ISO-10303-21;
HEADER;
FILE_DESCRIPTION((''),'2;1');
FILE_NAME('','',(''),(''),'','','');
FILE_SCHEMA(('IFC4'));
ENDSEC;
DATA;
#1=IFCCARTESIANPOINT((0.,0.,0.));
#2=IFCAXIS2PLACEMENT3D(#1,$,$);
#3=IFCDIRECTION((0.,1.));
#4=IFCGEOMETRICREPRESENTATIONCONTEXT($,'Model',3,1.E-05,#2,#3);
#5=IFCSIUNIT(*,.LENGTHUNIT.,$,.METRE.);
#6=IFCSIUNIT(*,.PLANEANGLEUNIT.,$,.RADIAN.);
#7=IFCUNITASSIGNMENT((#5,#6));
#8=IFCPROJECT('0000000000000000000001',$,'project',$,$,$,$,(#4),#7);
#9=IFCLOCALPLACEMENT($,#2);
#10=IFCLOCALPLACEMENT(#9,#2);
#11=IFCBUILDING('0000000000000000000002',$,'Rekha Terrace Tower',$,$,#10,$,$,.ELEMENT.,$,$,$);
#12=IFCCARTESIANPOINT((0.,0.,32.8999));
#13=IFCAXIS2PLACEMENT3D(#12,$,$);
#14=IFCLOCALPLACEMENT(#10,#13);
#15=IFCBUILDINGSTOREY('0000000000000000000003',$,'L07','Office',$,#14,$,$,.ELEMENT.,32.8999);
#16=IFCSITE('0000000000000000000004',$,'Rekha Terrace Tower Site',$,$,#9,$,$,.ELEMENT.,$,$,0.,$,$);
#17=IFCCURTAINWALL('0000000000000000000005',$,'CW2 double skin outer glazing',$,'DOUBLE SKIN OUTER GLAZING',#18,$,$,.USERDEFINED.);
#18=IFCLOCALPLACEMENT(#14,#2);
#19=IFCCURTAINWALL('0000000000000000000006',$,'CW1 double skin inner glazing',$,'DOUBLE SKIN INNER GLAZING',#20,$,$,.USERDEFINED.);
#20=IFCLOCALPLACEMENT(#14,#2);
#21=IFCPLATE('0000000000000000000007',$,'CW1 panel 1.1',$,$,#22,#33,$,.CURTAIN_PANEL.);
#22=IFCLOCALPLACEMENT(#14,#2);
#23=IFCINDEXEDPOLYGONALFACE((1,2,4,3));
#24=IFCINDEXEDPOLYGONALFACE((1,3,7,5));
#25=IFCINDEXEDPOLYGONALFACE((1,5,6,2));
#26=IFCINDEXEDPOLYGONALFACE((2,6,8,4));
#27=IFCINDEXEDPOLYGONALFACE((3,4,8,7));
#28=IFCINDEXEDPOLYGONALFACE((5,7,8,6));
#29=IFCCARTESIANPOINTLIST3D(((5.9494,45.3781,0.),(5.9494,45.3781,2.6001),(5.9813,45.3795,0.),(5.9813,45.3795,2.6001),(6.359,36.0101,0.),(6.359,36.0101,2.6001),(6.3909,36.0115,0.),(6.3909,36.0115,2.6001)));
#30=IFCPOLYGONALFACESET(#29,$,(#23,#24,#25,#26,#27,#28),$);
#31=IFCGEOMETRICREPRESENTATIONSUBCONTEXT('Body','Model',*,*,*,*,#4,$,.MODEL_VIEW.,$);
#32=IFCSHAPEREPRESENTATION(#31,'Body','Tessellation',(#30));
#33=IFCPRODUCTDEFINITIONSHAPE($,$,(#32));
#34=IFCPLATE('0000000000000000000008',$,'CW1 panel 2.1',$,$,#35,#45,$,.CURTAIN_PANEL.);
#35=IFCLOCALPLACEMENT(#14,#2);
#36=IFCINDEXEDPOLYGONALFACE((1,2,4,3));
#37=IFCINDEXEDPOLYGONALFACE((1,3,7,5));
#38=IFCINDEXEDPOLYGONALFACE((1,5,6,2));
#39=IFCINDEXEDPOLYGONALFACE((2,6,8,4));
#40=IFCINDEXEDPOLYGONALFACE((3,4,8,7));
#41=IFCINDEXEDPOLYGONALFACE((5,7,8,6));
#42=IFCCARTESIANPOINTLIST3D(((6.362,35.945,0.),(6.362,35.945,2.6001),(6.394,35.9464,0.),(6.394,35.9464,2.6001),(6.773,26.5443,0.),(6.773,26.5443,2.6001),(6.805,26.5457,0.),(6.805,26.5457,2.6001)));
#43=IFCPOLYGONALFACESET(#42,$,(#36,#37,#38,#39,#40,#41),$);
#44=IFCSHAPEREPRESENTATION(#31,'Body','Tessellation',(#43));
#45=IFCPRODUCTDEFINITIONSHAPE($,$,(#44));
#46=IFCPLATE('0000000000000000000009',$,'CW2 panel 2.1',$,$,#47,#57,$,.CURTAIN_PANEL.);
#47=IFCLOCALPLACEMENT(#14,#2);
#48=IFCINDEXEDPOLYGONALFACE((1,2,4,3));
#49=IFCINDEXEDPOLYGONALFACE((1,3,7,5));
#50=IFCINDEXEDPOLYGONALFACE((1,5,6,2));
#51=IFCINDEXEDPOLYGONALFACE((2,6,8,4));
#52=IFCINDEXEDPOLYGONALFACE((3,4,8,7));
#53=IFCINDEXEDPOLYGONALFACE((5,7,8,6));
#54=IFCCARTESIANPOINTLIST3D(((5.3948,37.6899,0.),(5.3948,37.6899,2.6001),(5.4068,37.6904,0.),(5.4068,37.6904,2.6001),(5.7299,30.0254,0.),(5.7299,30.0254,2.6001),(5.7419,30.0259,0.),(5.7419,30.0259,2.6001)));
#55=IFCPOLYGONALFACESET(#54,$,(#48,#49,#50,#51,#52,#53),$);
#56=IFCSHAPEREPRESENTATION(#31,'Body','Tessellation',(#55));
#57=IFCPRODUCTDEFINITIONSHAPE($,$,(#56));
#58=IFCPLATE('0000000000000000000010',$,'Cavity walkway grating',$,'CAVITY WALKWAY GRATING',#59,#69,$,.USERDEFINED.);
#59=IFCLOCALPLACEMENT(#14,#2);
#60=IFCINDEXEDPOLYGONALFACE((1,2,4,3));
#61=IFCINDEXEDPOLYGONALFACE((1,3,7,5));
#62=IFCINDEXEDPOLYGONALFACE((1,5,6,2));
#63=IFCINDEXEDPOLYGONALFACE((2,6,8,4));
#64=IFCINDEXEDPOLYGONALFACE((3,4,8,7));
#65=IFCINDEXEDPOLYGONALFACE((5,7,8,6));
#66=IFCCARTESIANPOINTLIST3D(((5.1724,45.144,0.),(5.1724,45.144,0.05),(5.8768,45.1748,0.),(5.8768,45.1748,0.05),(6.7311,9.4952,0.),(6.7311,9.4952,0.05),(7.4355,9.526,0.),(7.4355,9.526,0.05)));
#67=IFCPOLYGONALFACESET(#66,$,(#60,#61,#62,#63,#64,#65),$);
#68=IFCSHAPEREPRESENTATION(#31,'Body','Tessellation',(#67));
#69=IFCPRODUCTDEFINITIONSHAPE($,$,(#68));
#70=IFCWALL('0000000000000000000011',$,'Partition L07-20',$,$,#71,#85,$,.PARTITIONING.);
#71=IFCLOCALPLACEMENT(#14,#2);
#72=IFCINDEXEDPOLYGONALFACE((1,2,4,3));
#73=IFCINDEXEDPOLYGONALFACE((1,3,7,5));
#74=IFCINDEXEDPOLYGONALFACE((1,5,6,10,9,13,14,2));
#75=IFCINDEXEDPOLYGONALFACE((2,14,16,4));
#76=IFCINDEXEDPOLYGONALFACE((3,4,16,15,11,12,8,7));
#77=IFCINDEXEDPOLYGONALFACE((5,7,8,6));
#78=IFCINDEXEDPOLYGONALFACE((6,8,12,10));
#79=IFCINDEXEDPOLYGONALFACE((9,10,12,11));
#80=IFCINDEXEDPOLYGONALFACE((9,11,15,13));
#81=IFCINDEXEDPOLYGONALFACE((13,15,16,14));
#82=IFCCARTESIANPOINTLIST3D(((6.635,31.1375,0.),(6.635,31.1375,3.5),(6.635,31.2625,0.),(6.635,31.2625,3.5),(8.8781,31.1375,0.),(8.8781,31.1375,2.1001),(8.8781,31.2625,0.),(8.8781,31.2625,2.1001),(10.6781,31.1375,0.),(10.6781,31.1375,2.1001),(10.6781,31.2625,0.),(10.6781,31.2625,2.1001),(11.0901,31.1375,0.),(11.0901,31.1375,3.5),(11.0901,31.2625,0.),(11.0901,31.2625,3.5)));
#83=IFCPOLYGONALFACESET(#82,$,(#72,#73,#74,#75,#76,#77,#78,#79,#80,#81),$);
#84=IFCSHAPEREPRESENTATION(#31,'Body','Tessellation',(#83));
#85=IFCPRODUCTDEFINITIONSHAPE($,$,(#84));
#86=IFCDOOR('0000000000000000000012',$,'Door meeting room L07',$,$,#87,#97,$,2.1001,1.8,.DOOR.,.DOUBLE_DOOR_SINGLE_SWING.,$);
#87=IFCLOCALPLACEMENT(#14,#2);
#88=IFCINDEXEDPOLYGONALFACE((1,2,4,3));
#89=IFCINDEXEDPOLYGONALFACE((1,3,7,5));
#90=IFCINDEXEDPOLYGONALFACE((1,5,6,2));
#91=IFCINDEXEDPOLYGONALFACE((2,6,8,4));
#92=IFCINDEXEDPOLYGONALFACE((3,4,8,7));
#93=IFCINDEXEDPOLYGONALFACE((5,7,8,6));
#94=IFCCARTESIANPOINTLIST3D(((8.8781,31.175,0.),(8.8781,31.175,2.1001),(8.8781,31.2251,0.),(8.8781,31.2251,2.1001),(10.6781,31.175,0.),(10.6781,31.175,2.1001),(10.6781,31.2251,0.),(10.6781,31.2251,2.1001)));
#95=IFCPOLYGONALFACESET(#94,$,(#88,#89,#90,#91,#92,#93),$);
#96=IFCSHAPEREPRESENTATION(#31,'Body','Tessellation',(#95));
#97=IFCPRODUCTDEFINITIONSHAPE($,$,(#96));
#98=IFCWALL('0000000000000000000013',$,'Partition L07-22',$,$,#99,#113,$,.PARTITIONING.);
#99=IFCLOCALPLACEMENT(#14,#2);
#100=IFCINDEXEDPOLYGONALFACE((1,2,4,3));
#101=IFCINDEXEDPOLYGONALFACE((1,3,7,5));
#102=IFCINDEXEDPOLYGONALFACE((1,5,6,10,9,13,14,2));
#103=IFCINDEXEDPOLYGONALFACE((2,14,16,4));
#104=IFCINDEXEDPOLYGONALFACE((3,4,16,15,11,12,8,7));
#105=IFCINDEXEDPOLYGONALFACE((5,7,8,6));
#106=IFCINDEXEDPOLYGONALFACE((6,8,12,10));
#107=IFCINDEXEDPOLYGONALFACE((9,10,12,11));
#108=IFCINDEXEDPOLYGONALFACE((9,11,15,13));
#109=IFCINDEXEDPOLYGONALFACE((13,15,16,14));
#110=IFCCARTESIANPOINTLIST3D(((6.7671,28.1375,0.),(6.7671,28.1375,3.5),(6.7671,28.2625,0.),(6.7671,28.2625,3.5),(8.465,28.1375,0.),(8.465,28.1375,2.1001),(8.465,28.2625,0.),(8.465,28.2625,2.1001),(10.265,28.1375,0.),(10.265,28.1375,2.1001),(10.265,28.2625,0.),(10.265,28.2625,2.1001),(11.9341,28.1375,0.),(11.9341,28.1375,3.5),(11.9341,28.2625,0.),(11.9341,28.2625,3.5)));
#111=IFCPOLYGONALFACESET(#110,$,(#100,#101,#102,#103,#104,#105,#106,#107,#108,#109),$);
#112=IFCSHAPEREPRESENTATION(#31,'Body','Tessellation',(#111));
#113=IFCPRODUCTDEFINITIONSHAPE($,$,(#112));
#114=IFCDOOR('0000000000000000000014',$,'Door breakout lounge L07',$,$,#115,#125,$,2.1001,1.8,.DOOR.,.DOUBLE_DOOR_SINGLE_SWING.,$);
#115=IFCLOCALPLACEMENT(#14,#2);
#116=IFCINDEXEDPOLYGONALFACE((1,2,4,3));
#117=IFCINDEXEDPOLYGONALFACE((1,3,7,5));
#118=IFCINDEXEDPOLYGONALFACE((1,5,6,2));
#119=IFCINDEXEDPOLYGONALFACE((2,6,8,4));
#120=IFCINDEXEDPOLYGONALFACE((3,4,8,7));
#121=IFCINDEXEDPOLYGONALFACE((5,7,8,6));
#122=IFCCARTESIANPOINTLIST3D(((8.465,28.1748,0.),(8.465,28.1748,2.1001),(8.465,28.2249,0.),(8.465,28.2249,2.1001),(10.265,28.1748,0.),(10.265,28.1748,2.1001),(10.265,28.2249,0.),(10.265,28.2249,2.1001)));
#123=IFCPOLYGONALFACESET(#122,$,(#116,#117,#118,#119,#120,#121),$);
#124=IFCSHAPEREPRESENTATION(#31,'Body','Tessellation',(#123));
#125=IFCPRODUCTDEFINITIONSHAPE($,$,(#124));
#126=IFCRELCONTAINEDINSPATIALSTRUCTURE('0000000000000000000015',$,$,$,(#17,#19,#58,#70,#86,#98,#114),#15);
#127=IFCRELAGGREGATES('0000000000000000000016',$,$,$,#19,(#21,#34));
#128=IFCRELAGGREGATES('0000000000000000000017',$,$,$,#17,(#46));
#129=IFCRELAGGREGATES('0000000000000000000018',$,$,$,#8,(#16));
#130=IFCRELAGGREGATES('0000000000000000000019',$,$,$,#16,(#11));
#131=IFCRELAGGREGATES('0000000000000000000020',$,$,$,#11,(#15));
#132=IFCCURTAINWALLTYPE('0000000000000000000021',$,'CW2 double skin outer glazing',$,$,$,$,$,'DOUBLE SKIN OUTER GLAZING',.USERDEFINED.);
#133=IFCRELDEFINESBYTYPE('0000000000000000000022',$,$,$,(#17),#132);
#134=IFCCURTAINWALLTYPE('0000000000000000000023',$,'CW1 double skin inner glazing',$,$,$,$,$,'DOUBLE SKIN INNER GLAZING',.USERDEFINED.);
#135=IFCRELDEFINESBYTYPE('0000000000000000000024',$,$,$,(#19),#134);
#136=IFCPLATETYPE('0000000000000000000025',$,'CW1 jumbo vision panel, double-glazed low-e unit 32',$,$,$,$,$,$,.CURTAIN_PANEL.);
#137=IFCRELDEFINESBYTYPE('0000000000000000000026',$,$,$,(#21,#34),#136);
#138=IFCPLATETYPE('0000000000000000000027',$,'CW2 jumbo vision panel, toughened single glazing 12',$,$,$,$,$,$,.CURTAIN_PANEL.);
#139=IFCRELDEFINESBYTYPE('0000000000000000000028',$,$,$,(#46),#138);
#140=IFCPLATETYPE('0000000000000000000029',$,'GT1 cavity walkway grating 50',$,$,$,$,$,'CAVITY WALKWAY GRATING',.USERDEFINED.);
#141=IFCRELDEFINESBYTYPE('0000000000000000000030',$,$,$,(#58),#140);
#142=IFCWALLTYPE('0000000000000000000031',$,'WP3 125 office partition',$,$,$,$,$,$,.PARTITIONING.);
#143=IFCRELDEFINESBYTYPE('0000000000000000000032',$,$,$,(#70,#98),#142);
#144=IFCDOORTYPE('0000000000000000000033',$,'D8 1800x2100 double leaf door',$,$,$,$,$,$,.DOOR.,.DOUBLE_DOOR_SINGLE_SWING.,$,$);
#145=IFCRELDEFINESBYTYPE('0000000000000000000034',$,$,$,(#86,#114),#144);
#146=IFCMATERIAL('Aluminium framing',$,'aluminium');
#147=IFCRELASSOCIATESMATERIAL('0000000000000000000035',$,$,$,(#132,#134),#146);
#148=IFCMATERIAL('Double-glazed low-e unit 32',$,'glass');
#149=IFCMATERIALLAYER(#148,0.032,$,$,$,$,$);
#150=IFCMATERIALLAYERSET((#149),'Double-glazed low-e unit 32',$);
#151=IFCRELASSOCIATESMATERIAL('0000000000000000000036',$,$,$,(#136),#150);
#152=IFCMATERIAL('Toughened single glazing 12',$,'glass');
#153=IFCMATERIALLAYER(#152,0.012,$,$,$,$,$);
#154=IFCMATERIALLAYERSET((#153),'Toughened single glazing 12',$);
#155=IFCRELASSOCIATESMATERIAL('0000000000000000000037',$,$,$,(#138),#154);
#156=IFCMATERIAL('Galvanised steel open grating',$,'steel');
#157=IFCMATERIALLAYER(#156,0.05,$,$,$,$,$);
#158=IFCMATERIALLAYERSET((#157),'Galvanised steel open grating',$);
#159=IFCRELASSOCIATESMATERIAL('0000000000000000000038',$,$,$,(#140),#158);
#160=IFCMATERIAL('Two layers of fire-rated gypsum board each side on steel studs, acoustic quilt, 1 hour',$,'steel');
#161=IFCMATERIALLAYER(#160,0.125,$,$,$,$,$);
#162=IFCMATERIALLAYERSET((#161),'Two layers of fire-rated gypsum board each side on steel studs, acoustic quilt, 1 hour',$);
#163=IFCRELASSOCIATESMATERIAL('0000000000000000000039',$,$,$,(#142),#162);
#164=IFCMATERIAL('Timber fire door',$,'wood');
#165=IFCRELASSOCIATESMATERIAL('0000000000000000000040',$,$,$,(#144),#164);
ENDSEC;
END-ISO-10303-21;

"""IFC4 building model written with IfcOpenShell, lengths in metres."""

from ifc_helpers import new_model, si_unit, direction, frame, frame_2d, origin, origin_2d, place, context, subcontext, project, spatial, rectangle, extrude, material, layer, layer_set, type_object, element, fill, aggregate, save


model = new_model("IFC4")

# Units and contexts
model_context = context("Model", 3, precision=1e-05, world=origin(), true_north=direction((0.0, 1.0)))
body_context = subcontext(model_context, "Body", "Model", "MODEL_VIEW")
ifc_project = project(units=[si_unit("LENGTHUNIT", "METRE"), si_unit("PLANEANGLEUNIT", "RADIAN")], contexts=[model_context])

# Site, building, storey
site_placement = place(None, origin())
site = spatial("IfcSite", under=ifc_project, at=site_placement, Name="Rekha Terrace Tower Site", CompositionType="ELEMENT", RefElevation=0.0)
building_placement = place(site_placement, origin())
building = spatial("IfcBuilding", under=site, at=building_placement, Name="Rekha Terrace Tower", CompositionType="ELEMENT")
storey_placement = place(building_placement, frame((0.0, 0.0, 32.8999)))
storey = spatial("IfcBuildingStorey", under=building, at=storey_placement, Name="L07", Description="Office", CompositionType="ELEMENT", Elevation=32.8999)

# Curtain walls
ifc_material_1 = material(Name="Aluminium framing", Category="aluminium")
curtain_wall_type_1 = type_object("IfcCurtainWallType", Name="CW2 double skin outer glazing", ElementType="DOUBLE SKIN OUTER GLAZING", PredefinedType="USERDEFINED", material=ifc_material_1)
curtain_wall_1_placement = place(storey_placement, origin())
curtain_wall_1 = element("IfcCurtainWall", 1, at=curtain_wall_1_placement, inside=storey, type_object=curtain_wall_type_1, Name="CW2 double skin outer glazing", ObjectType="DOUBLE SKIN OUTER GLAZING", PredefinedType="USERDEFINED")
curtain_wall_type_2 = type_object("IfcCurtainWallType", Name="CW1 double skin inner glazing", ElementType="DOUBLE SKIN INNER GLAZING", PredefinedType="USERDEFINED", material=ifc_material_1)
curtain_wall_2_placement = place(storey_placement, origin())
curtain_wall_2 = element("IfcCurtainWall", 2, at=curtain_wall_2_placement, inside=storey, type_object=curtain_wall_type_2, Name="CW1 double skin inner glazing", ObjectType="DOUBLE SKIN INNER GLAZING", PredefinedType="USERDEFINED")

# Plates
ifc_material_2 = material(Name="Double-glazed low-e unit 32", Category="glass")
ifc_layer_1 = layer(ifc_material_2, 0.032)
ifc_layer_set_1 = layer_set([ifc_layer_1], Name="Double-glazed low-e unit 32")
plate_type_1 = type_object("IfcPlateType", Name="CW1 jumbo vision panel, double-glazed low-e unit 32", PredefinedType="CURTAIN_PANEL", material=ifc_layer_set_1)
plate_1_placement = place(storey_placement, frame((6.1702, 40.6948, 0.0), z_axis=(0.0, 0.0, 1.0), x_axis=(0.043683, -0.999045, 0.0)))
plate_1 = element("IfcPlate", 3, at=plate_1_placement, type_object=plate_type_1, Name="CW1 panel 1.1", PredefinedType="CURTAIN_PANEL", context=body_context, shape_type="SweptSolid", body=[
    extrude(rectangle(XDim=9.377, YDim=0.032, at=origin_2d()), origin(), (0.0, 0.0, 1.0), 2.6001),
])
plate_2_placement = place(storey_placement, frame((6.5835, 31.2454, 0.0), z_axis=(0.0, 0.0, 1.0), x_axis=(0.043683, -0.999045, 0.0)))
plate_2 = element("IfcPlate", 4, at=plate_2_placement, type_object=plate_type_1, Name="CW1 panel 2.1", PredefinedType="CURTAIN_PANEL", context=body_context, shape_type="SweptSolid", body=[
    extrude(rectangle(XDim=9.4097, YDim=0.032, at=origin_2d()), origin(), (0.0, 0.0, 1.0), 2.6001),
])
aggregate(curtain_wall_2, [plate_1, plate_2])
ifc_material_3 = material(Name="Toughened single glazing 12", Category="glass")
ifc_layer_2 = layer(ifc_material_3, 0.012)
ifc_layer_set_2 = layer_set([ifc_layer_2], Name="Toughened single glazing 12")
plate_type_2 = type_object("IfcPlateType", Name="CW2 jumbo vision panel, toughened single glazing 12", PredefinedType="CURTAIN_PANEL", material=ifc_layer_set_2)
plate_3_placement = place(storey_placement, frame((5.5684, 33.8579, 0.0), z_axis=(0.0, 0.0, 1.0), x_axis=(0.043683, -0.999045, 0.0)))
plate_3 = element("IfcPlate", 5, at=plate_3_placement, type_object=plate_type_2, Name="CW2 panel 2.1", PredefinedType="CURTAIN_PANEL", context=body_context, shape_type="SweptSolid", body=[
    extrude(rectangle(XDim=7.6719, YDim=0.012, at=origin_2d()), origin(), (0.0, 0.0, 1.0), 2.6001),
])
aggregate(curtain_wall_1, [plate_3])
ifc_material_4 = material(Name="Galvanised steel open grating", Category="steel")
ifc_layer_3 = layer(ifc_material_4, 0.05)
ifc_layer_set_3 = layer_set([ifc_layer_3], Name="Galvanised steel open grating")
plate_type_3 = type_object("IfcPlateType", Name="GT1 cavity walkway grating 50", ElementType="CAVITY WALKWAY GRATING", PredefinedType="USERDEFINED", material=ifc_layer_set_3)
plate_4_placement = place(storey_placement, frame((6.304, 27.335, 0.0), z_axis=(0.0, 0.0, 1.0), x_axis=(0.043683, -0.999045, 0.0)))
element("IfcPlate", 6, at=plate_4_placement, inside=storey, type_object=plate_type_3, Name="Cavity walkway grating", ObjectType="CAVITY WALKWAY GRATING", PredefinedType="USERDEFINED", context=body_context, shape_type="SweptSolid", body=[
    extrude(rectangle(XDim=35.6829, YDim=0.7051, at=origin_2d()), origin(), (0.0, 0.0, 1.0), 0.05),
])

# Walls, openings, doors
ifc_material_5 = material(Name="Two layers of fire-rated gypsum board each side on steel studs, acoustic quilt, 1 hour", Category="steel")
ifc_layer_4 = layer(ifc_material_5, 0.125)
ifc_layer_set_4 = layer_set([ifc_layer_4], Name="Two layers of fire-rated gypsum board each side on steel studs, acoustic quilt, 1 hour")
wall_type = type_object("IfcWallType", Name="WP3 125 office partition", PredefinedType="PARTITIONING", material=ifc_layer_set_4)
wall_1_placement = place(storey_placement, frame((11.0901, 31.2, 0.0), z_axis=(0.0, 0.0, 1.0), x_axis=(-1.0, 0.0, 0.0)))
wall_1 = element("IfcWall", 7, at=wall_1_placement, inside=storey, type_object=wall_type, Name="Partition L07-20", PredefinedType="PARTITIONING", context=body_context, shape_type="SweptSolid", body=[
    extrude(rectangle(XDim=4.4551, YDim=0.125, at=frame_2d((2.2275, 0.0))), origin(), (0.0, 0.0, 1.0), 3.5),
])
opening_1_placement = place(wall_1_placement, frame((0.4121, 0.0, 0.0)))
opening_1 = element("IfcOpeningElement", 8, at=opening_1_placement, cuts=wall_1, PredefinedType="OPENING", context=body_context, shape_type="SweptSolid", body=[
    extrude(rectangle(XDim=1.8, YDim=2.1001, at=frame_2d((0.8999, 1.05))), frame((0.0, 0.0725, 0.0), z_axis=(0.0, -1.0, 0.0), x_axis=(1.0, 0.0, 0.0)), (0.0, 0.0, 1.0), 0.145),
])
ifc_material_6 = material(Name="Timber fire door", Category="wood")
door_type = type_object("IfcDoorType", Name="D8 1800x2100 double leaf door", OperationType="DOUBLE_DOOR_SINGLE_SWING", PredefinedType="DOOR", material=ifc_material_6)
door_1_placement = place(opening_1_placement, origin())
door_1 = element("IfcDoor", 9, at=door_1_placement, inside=storey, type_object=door_type, Name="Door meeting room L07", OperationType="DOUBLE_DOOR_SINGLE_SWING", OverallHeight=2.1001, OverallWidth=1.8, PredefinedType="DOOR", context=body_context, shape_type="SweptSolid", body=[
    extrude(rectangle(XDim=1.8, YDim=2.1001, at=frame_2d((0.8999, 1.05))), frame((0.0, 0.0249, 0.0), z_axis=(0.0, -1.0, 0.0), x_axis=(1.0, 0.0, 0.0)), (0.0, 0.0, 1.0), 0.05),
])
fill(opening_1, door_1)
wall_2_placement = place(storey_placement, frame((6.7671, 28.2, 0.0), z_axis=(0.0, 0.0, 1.0), x_axis=(1.0, 0.0, 0.0)))
wall_2 = element("IfcWall", 10, at=wall_2_placement, inside=storey, type_object=wall_type, Name="Partition L07-22", PredefinedType="PARTITIONING", context=body_context, shape_type="SweptSolid", body=[
    extrude(rectangle(XDim=5.167, YDim=0.125, at=frame_2d((2.5835, 0.0))), origin(), (0.0, 0.0, 1.0), 3.5),
])
opening_2_placement = place(wall_2_placement, frame((1.698, 0.0, 0.0)))
opening_2 = element("IfcOpeningElement", 11, at=opening_2_placement, cuts=wall_2, PredefinedType="OPENING", context=body_context, shape_type="SweptSolid", body=[
    extrude(rectangle(XDim=1.8, YDim=2.1001, at=frame_2d((0.8999, 1.05))), frame((0.0, 0.0725, 0.0), z_axis=(0.0, -1.0, 0.0), x_axis=(1.0, 0.0, 0.0)), (0.0, 0.0, 1.0), 0.145),
])
door_2_placement = place(opening_2_placement, origin())
door_2 = element("IfcDoor", 12, at=door_2_placement, inside=storey, type_object=door_type, Name="Door breakout lounge L07", OperationType="DOUBLE_DOOR_SINGLE_SWING", OverallHeight=2.1001, OverallWidth=1.8, PredefinedType="DOOR", context=body_context, shape_type="SweptSolid", body=[
    extrude(rectangle(XDim=1.8, YDim=2.1001, at=frame_2d((0.8999, 1.05))), frame((0.0, 0.0249, 0.0), z_axis=(0.0, -1.0, 0.0), x_axis=(1.0, 0.0, 0.0)), (0.0, 0.0, 1.0), 0.05),
])
fill(opening_2, door_2)

save(model, "model.ifc")
